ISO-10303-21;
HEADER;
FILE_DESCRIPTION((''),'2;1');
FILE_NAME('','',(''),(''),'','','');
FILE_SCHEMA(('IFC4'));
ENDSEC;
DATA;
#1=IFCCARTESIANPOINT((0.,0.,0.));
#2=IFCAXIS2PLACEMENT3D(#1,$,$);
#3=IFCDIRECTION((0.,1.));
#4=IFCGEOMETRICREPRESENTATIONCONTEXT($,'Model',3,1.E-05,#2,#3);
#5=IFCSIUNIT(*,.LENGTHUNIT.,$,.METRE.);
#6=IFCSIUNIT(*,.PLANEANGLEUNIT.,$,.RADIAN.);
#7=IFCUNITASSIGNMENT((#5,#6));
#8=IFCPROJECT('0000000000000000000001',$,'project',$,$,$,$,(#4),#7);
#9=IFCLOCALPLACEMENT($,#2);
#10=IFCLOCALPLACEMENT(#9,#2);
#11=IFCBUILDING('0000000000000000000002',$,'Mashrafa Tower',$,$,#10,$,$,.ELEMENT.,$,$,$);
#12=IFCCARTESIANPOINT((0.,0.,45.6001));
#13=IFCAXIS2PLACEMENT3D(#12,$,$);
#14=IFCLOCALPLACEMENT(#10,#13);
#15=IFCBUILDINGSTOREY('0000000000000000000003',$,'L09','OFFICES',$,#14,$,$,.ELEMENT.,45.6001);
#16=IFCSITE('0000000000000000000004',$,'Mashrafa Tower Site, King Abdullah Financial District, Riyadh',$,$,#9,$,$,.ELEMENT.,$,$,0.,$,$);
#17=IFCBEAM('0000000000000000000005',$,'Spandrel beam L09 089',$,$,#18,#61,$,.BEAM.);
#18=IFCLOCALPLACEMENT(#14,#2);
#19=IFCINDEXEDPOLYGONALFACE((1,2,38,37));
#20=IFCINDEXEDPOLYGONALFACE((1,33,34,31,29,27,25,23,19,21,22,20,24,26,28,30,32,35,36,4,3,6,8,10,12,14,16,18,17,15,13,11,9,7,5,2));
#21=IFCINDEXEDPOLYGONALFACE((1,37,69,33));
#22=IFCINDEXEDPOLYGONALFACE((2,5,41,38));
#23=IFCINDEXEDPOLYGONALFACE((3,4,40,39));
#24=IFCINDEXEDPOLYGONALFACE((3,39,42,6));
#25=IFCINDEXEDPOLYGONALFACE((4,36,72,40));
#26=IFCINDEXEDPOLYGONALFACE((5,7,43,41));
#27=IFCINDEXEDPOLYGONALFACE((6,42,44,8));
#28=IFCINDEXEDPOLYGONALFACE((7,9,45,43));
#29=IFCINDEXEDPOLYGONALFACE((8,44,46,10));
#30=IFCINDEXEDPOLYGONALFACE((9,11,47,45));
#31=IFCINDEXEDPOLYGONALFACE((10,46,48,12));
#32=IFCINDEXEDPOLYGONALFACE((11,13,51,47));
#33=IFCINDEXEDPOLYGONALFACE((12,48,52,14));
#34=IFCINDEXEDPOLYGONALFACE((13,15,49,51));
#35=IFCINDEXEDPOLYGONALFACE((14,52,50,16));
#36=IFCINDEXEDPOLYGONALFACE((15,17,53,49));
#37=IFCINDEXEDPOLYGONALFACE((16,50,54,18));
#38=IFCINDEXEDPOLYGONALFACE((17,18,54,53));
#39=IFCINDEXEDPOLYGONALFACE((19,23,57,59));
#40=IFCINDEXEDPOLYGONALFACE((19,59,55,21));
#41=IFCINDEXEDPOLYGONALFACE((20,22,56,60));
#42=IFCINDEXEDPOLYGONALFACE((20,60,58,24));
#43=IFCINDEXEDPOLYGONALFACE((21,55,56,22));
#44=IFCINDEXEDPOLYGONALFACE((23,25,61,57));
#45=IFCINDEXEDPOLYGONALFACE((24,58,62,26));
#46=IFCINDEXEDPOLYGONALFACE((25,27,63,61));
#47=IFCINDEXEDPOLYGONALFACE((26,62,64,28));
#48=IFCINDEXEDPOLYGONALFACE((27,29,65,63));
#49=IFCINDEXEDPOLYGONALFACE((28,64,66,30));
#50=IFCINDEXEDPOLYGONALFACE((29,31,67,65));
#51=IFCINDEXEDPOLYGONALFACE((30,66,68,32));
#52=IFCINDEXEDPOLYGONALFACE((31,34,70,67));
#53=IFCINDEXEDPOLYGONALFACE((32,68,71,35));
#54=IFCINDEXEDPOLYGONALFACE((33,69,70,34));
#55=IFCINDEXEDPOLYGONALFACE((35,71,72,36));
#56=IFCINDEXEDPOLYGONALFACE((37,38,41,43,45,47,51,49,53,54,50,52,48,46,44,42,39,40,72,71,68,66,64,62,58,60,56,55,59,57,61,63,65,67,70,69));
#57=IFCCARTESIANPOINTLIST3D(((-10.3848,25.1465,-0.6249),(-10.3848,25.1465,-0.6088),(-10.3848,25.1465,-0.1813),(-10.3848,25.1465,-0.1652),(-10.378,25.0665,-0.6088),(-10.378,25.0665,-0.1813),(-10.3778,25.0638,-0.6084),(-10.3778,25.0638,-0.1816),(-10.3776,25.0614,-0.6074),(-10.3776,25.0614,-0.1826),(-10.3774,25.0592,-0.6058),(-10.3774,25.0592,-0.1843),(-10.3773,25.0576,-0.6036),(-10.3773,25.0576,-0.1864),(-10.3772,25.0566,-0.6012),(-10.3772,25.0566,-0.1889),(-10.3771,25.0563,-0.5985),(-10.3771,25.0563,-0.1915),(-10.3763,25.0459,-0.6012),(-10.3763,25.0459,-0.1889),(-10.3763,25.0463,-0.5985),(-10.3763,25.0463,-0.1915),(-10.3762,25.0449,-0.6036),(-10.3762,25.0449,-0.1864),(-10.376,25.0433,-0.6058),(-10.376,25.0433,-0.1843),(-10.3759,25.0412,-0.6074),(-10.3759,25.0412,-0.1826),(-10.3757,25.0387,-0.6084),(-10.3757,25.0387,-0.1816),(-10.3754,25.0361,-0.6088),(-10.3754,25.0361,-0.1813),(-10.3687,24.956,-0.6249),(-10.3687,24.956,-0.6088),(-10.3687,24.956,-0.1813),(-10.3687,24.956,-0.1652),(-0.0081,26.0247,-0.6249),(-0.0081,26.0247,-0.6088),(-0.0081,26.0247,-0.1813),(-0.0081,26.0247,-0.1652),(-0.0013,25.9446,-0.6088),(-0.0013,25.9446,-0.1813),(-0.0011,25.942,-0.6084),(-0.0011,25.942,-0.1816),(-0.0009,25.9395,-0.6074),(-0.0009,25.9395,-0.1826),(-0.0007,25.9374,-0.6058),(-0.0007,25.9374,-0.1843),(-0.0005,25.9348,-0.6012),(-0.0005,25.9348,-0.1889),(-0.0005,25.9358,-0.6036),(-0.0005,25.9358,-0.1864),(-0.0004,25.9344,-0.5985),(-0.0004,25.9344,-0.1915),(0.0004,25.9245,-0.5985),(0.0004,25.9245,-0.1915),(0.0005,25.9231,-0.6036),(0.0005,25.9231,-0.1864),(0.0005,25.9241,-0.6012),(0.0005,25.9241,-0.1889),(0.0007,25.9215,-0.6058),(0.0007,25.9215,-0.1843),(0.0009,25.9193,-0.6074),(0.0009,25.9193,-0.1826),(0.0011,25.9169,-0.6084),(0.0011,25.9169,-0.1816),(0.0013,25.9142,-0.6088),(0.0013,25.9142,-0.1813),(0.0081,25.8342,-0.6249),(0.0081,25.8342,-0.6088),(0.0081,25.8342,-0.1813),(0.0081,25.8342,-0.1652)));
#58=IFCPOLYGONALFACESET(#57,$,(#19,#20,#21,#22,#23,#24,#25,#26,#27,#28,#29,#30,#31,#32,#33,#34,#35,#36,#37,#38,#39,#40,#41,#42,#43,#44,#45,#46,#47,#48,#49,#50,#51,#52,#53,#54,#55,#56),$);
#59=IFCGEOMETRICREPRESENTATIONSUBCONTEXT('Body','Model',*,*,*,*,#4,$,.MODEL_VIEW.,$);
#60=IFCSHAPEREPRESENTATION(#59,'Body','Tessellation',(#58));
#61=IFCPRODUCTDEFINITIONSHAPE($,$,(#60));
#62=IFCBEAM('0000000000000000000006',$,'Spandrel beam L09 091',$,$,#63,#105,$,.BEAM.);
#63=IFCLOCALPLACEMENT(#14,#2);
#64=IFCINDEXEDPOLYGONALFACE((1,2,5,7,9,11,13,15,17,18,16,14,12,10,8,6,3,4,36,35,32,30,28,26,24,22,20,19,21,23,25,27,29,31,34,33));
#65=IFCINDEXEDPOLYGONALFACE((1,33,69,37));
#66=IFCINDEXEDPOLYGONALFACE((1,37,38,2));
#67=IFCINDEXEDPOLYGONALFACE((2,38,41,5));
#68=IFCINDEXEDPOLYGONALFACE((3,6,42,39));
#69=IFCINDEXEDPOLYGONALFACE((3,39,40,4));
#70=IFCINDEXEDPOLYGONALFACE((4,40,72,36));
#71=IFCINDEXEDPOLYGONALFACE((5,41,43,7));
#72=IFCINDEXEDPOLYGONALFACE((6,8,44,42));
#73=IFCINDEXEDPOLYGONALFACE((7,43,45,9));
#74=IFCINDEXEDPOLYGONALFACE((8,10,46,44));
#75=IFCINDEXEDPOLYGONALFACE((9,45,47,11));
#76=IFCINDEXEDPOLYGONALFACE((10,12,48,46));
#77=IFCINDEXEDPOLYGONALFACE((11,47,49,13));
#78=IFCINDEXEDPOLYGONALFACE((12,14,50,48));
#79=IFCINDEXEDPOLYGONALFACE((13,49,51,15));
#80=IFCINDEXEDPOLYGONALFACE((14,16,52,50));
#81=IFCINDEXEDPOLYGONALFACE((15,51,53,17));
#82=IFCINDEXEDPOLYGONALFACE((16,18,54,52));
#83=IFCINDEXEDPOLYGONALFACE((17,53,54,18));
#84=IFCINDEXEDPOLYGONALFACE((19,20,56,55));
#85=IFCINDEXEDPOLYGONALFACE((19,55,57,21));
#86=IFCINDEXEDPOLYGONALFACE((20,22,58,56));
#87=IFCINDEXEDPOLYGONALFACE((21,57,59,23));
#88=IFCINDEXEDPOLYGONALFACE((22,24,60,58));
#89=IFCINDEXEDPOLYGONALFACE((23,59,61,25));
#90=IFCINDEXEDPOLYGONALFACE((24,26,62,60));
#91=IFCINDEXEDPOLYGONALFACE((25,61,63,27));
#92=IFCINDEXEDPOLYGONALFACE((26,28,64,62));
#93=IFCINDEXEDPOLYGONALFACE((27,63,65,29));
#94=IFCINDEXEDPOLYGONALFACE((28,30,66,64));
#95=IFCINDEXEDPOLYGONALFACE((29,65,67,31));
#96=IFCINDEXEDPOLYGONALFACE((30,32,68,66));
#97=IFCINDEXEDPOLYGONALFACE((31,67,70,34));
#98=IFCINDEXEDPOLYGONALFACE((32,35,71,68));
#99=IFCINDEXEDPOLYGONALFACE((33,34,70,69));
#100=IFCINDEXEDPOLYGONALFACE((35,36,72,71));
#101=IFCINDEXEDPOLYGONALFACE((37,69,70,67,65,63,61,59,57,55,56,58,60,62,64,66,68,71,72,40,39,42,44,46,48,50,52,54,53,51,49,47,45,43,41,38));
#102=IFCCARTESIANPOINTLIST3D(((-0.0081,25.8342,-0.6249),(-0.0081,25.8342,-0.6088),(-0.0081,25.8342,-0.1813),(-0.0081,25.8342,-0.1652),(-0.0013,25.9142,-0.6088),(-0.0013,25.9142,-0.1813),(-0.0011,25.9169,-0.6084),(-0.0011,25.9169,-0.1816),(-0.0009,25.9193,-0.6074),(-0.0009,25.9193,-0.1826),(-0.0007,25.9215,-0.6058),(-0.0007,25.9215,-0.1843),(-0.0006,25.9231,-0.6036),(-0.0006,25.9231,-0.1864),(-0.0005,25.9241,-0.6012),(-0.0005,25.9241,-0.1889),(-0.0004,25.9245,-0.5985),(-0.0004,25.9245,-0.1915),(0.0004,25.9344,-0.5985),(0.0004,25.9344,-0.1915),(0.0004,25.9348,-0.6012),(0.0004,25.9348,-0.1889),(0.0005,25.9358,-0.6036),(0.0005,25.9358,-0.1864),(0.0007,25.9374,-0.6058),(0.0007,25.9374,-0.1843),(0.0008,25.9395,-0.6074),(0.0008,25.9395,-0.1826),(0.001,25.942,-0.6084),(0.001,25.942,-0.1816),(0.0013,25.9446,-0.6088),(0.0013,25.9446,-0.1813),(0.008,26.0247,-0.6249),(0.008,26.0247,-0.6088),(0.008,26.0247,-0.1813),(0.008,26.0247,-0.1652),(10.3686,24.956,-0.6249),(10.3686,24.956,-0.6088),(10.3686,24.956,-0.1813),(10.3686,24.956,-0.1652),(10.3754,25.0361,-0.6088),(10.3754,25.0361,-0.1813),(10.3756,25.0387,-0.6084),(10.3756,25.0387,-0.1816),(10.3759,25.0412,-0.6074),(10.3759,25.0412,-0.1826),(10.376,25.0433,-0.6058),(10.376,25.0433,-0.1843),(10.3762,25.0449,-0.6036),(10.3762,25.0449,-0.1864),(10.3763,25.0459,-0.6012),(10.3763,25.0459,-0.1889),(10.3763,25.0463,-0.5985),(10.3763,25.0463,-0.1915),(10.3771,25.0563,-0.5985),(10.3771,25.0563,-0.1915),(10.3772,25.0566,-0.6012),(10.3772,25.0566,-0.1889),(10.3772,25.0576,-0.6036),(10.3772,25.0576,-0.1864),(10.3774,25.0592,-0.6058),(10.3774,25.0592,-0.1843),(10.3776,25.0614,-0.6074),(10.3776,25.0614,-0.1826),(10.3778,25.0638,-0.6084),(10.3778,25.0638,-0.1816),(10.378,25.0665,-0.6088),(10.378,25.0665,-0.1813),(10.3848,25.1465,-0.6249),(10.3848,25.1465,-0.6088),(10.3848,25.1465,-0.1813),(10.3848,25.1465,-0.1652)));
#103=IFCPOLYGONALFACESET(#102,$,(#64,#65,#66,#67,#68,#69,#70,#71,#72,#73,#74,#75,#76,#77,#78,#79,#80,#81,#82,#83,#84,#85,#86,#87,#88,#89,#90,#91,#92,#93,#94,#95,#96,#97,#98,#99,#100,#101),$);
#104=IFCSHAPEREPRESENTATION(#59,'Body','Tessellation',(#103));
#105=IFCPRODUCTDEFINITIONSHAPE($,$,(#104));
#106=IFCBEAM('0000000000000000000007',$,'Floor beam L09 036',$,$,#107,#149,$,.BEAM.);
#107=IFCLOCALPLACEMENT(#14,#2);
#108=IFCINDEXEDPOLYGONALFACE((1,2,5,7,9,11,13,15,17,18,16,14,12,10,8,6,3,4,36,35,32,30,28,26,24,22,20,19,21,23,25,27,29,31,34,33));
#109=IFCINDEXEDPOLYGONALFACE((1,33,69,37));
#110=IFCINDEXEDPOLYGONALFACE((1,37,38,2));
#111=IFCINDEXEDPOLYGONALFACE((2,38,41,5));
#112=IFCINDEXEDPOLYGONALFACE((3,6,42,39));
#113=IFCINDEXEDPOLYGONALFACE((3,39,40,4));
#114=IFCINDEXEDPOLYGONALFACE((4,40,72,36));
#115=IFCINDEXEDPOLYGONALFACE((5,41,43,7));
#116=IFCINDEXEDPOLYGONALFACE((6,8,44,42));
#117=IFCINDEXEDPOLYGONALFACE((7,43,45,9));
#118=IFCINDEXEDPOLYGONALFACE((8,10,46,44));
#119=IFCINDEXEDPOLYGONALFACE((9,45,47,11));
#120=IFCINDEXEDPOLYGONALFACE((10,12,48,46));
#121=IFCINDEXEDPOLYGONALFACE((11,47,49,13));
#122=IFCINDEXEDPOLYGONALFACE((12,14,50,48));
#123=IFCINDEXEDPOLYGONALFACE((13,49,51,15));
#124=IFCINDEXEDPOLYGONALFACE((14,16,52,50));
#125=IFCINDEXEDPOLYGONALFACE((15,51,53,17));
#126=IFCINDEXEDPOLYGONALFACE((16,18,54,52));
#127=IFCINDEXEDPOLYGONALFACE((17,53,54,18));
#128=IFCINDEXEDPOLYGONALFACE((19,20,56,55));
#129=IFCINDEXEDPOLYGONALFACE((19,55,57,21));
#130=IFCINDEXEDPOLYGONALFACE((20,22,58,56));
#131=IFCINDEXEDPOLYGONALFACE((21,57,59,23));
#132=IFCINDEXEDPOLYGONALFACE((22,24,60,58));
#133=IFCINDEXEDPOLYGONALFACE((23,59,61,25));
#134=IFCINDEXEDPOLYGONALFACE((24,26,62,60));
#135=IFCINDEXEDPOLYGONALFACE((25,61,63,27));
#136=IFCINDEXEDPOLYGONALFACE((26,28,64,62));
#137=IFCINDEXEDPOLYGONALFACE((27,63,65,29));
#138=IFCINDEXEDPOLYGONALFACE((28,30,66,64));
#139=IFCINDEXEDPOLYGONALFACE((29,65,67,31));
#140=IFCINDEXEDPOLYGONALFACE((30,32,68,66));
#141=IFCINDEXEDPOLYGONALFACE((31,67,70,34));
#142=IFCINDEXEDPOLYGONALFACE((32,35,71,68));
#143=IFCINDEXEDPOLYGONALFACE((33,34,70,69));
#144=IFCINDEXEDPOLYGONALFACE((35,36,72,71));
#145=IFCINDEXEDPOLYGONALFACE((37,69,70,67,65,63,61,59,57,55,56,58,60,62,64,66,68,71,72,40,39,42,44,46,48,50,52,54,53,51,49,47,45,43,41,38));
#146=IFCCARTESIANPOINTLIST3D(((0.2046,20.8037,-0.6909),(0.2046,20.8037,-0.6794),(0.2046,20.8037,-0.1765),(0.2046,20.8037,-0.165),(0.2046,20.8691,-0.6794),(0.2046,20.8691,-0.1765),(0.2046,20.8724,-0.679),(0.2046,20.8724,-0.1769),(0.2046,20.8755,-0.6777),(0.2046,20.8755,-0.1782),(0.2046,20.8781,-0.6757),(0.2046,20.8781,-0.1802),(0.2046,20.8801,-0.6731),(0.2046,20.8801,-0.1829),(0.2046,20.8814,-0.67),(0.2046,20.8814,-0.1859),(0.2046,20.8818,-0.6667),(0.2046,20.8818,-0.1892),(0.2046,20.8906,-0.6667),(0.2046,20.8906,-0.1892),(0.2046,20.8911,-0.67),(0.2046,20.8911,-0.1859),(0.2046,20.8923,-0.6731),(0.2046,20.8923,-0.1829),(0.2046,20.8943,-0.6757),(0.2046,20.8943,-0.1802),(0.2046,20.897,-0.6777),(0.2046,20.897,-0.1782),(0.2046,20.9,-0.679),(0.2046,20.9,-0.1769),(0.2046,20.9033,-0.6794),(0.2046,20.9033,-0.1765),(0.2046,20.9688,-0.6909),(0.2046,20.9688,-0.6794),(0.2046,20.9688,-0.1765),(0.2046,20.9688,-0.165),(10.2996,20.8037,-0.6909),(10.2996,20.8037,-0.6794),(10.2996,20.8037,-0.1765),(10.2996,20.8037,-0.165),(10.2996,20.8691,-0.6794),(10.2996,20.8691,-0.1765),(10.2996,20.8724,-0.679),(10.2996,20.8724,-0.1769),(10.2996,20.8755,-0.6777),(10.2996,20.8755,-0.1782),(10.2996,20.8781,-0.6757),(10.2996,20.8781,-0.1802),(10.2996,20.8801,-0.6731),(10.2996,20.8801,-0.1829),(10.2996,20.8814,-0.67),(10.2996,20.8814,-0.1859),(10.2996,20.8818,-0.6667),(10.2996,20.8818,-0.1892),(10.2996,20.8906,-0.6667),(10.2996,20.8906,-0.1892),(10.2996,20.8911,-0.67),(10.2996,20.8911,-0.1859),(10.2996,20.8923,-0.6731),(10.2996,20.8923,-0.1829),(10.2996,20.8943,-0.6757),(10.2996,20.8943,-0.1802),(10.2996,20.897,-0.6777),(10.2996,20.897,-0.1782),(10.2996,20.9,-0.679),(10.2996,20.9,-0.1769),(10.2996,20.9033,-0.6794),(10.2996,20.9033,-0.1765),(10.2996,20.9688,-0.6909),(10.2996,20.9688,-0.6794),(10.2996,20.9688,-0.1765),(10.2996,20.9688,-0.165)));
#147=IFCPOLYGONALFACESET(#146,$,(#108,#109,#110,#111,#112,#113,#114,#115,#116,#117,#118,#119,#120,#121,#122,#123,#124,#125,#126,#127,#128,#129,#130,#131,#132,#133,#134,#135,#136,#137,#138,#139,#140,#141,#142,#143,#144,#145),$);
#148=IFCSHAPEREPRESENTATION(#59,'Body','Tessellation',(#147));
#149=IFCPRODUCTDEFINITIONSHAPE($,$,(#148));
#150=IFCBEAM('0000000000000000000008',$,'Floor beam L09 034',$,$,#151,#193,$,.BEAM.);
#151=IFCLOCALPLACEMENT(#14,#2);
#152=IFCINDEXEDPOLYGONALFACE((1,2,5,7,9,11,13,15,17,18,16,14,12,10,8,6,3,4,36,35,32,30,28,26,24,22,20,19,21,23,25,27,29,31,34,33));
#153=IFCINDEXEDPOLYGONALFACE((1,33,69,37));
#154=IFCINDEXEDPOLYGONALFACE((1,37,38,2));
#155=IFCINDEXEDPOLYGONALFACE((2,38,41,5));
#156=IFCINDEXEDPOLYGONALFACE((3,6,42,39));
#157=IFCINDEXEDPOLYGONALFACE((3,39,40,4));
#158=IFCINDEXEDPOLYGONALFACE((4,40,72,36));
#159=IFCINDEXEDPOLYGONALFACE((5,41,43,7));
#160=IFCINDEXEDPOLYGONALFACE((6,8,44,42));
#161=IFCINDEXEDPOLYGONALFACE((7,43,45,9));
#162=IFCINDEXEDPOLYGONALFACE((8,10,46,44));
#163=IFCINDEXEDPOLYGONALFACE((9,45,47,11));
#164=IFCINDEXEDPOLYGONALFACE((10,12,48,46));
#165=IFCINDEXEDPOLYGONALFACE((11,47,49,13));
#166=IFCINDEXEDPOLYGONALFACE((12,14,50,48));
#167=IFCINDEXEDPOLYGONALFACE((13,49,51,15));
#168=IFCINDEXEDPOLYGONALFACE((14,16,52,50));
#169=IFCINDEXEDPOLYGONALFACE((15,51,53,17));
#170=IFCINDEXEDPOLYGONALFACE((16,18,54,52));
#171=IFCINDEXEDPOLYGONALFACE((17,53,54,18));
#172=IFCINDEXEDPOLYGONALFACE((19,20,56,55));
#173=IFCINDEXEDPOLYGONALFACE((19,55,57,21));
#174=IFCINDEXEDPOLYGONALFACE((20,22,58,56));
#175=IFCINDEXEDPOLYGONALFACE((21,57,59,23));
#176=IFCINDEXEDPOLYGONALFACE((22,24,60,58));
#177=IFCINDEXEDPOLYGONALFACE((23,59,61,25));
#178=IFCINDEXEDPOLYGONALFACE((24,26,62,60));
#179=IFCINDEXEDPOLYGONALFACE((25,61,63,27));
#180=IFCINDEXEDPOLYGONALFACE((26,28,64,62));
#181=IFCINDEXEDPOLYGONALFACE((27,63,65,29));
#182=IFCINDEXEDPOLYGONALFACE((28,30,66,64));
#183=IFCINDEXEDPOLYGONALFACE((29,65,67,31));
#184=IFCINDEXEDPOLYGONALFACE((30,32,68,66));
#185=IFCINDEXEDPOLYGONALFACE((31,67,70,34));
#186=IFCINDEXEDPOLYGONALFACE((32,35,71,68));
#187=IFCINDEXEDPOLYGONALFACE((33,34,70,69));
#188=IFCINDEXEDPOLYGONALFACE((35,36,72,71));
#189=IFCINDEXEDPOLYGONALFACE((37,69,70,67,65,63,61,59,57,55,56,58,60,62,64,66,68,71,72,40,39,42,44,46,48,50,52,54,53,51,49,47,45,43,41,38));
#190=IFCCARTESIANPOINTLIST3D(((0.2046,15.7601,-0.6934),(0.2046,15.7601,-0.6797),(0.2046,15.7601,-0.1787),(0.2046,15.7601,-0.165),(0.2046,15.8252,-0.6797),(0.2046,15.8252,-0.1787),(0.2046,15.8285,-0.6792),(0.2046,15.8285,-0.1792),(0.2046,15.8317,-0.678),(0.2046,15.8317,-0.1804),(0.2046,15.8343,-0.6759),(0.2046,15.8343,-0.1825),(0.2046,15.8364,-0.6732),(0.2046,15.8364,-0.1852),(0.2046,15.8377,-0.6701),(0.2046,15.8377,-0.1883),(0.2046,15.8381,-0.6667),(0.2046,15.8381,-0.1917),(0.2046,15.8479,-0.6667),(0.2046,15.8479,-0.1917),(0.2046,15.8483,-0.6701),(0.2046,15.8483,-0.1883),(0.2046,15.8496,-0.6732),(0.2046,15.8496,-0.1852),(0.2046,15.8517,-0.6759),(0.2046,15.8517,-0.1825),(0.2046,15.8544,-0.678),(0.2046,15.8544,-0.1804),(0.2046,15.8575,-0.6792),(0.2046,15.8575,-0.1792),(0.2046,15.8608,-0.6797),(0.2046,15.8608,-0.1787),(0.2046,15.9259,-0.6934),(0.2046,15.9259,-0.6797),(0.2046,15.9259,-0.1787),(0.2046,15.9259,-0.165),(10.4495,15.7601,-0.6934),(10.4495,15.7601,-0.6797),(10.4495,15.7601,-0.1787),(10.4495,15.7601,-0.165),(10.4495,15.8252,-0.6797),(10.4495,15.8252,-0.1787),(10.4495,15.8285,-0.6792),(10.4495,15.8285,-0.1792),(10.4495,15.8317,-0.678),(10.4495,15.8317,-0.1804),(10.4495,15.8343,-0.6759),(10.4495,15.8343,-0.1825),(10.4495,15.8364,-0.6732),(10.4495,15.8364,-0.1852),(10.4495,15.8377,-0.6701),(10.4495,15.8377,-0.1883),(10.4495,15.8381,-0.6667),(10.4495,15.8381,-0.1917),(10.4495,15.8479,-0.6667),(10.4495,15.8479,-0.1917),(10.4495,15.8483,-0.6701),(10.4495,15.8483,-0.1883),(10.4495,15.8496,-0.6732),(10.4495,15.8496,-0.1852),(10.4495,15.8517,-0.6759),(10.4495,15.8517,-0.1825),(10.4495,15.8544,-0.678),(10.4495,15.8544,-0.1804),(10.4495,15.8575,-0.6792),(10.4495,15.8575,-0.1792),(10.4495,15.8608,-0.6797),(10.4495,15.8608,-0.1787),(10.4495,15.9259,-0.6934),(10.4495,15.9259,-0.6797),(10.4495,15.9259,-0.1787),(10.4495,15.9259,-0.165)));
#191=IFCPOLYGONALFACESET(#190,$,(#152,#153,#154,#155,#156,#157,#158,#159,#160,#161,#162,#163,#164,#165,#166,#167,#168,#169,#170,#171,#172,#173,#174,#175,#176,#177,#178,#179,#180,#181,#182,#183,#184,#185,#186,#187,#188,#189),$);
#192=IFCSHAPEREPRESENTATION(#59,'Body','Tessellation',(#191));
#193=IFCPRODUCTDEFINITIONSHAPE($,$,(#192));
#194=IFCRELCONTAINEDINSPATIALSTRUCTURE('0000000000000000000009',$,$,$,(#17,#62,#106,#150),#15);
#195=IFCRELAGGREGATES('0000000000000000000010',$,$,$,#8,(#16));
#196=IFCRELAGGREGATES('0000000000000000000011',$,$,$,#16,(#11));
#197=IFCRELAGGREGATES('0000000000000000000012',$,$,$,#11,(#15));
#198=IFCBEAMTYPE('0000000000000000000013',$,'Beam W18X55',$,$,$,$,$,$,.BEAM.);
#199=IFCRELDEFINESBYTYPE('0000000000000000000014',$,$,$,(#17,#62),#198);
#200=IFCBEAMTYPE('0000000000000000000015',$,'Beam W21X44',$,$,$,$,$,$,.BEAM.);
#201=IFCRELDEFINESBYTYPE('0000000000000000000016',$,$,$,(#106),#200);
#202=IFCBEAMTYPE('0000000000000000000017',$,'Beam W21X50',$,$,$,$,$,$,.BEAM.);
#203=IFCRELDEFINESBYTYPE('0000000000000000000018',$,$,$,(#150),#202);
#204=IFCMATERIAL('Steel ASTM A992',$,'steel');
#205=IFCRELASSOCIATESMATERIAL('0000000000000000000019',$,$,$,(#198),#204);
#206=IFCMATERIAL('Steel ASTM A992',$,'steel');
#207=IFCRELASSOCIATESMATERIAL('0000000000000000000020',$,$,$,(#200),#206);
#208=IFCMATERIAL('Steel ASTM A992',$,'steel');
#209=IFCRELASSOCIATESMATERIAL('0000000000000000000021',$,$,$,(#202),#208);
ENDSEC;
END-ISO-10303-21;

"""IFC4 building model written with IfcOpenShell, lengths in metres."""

from ifc_helpers import new_model, si_unit, direction, frame, origin, origin_2d, place, context, subcontext, project, spatial, i_section, extrude, material, material_profile, profile_set, type_object, element, save


model = new_model("IFC4")

# Units and contexts
model_context = context("Model", 3, precision=1e-05, world=origin(), true_north=direction((0.0, 1.0)))
body_context = subcontext(model_context, "Body", "Model", "MODEL_VIEW")
ifc_project = project(units=[si_unit("LENGTHUNIT", "METRE"), si_unit("PLANEANGLEUNIT", "RADIAN")], contexts=[model_context])

# Site, building, storey
site_placement = place(None, origin())
site = spatial("IfcSite", under=ifc_project, at=site_placement, Name="Mashrafa Tower Site, King Abdullah Financial District, Riyadh", CompositionType="ELEMENT", RefElevation=0.0)
building_placement = place(site_placement, origin())
building = spatial("IfcBuilding", under=site, at=building_placement, Name="Mashrafa Tower", CompositionType="ELEMENT")
storey_placement = place(building_placement, frame((0.0, 0.0, 45.6001)))
storey = spatial("IfcBuildingStorey", under=building, at=storey_placement, Name="L09", Description="OFFICES", CompositionType="ELEMENT", Elevation=45.6001)

# Beams
ifc_material_1 = material(Name="Steel ASTM A992", Category="steel")
ifc_material_profile_1 = material_profile(ifc_material_1, i_section(OverallWidth=0.1912, OverallDepth=0.4597, WebThickness=0.01, FlangeThickness=0.0161, FilletRadius=0.0103, at=origin_2d()), Name="W18X55")
ifc_profile_set_1 = profile_set([ifc_material_profile_1], Name="Steel ASTM A992")
beam_type_1 = type_object("IfcBeamType", Name="Beam W18X55", PredefinedType="BEAM", material=ifc_profile_set_1)
for number, where, z_axis, x_axis, name in (
    (1, (0.0, 25.9294, -0.395), (-0.996438, -0.084328, 0.0), (0.084328, -0.996438, 0.0), "Spandrel beam L09 089"),
    (2, (10.3767, 25.0513, -0.395), (-0.996438, 0.084328, 0.0), (-0.084328, -0.996438, 0.0), "Spandrel beam L09 091"),
):
    element("IfcBeam", number, at=place(storey_placement, frame(where, z_axis=z_axis, x_axis=x_axis)), inside=storey, type_object=beam_type_1, Name=name, PredefinedType="BEAM", context=body_context, shape_type="SweptSolid", body=[
        extrude(i_section(OverallWidth=0.1912, OverallDepth=0.4597, WebThickness=0.01, FlangeThickness=0.0161, FilletRadius=0.0103, at=origin_2d()), origin(), (0.0, 0.0, 1.0), 10.4138),
    ])
ifc_material_2 = material(Name="Steel ASTM A992", Category="steel")
ifc_material_profile_2 = material_profile(ifc_material_2, i_section(OverallWidth=0.165, OverallDepth=0.5259, WebThickness=0.0088, FlangeThickness=0.0115, FilletRadius=0.0127, at=origin_2d()), Name="W21X44")
ifc_profile_set_2 = profile_set([ifc_material_profile_2], Name="Steel ASTM A992")
beam_type_2 = type_object("IfcBeamType", Name="Beam W21X44", PredefinedType="BEAM", material=ifc_profile_set_2)
beam_1_placement = place(storey_placement, frame((0.2046, 20.8862, -0.428), z_axis=(1.0, 0.0, 0.0), x_axis=(0.0, 1.0, 0.0)))
element("IfcBeam", 3, at=beam_1_placement, inside=storey, type_object=beam_type_2, Name="Floor beam L09 036", PredefinedType="BEAM", context=body_context, shape_type="SweptSolid", body=[
    extrude(i_section(OverallWidth=0.165, OverallDepth=0.5259, WebThickness=0.0088, FlangeThickness=0.0115, FilletRadius=0.0127, at=origin_2d()), origin(), (0.0, 0.0, 1.0), 10.095),
])
ifc_material_3 = material(Name="Steel ASTM A992", Category="steel")
ifc_material_profile_3 = material_profile(ifc_material_3, i_section(OverallWidth=0.1658, OverallDepth=0.5283, WebThickness=0.0098, FlangeThickness=0.0137, FilletRadius=0.0129, at=origin_2d()), Name="W21X50")
ifc_profile_set_3 = profile_set([ifc_material_profile_3], Name="Steel ASTM A992")
beam_type_3 = type_object("IfcBeamType", Name="Beam W21X50", PredefinedType="BEAM", material=ifc_profile_set_3)
beam_2_placement = place(storey_placement, frame((0.2046, 15.843, -0.4292), z_axis=(1.0, 0.0, 0.0), x_axis=(0.0, 1.0, 0.0)))
element("IfcBeam", 4, at=beam_2_placement, inside=storey, type_object=beam_type_3, Name="Floor beam L09 034", PredefinedType="BEAM", context=body_context, shape_type="SweptSolid", body=[
    extrude(i_section(OverallWidth=0.1658, OverallDepth=0.5283, WebThickness=0.0098, FlangeThickness=0.0137, FilletRadius=0.0129, at=origin_2d()), origin(), (0.0, 0.0, 1.0), 10.2449),
])

save(model, "model.ifc")
